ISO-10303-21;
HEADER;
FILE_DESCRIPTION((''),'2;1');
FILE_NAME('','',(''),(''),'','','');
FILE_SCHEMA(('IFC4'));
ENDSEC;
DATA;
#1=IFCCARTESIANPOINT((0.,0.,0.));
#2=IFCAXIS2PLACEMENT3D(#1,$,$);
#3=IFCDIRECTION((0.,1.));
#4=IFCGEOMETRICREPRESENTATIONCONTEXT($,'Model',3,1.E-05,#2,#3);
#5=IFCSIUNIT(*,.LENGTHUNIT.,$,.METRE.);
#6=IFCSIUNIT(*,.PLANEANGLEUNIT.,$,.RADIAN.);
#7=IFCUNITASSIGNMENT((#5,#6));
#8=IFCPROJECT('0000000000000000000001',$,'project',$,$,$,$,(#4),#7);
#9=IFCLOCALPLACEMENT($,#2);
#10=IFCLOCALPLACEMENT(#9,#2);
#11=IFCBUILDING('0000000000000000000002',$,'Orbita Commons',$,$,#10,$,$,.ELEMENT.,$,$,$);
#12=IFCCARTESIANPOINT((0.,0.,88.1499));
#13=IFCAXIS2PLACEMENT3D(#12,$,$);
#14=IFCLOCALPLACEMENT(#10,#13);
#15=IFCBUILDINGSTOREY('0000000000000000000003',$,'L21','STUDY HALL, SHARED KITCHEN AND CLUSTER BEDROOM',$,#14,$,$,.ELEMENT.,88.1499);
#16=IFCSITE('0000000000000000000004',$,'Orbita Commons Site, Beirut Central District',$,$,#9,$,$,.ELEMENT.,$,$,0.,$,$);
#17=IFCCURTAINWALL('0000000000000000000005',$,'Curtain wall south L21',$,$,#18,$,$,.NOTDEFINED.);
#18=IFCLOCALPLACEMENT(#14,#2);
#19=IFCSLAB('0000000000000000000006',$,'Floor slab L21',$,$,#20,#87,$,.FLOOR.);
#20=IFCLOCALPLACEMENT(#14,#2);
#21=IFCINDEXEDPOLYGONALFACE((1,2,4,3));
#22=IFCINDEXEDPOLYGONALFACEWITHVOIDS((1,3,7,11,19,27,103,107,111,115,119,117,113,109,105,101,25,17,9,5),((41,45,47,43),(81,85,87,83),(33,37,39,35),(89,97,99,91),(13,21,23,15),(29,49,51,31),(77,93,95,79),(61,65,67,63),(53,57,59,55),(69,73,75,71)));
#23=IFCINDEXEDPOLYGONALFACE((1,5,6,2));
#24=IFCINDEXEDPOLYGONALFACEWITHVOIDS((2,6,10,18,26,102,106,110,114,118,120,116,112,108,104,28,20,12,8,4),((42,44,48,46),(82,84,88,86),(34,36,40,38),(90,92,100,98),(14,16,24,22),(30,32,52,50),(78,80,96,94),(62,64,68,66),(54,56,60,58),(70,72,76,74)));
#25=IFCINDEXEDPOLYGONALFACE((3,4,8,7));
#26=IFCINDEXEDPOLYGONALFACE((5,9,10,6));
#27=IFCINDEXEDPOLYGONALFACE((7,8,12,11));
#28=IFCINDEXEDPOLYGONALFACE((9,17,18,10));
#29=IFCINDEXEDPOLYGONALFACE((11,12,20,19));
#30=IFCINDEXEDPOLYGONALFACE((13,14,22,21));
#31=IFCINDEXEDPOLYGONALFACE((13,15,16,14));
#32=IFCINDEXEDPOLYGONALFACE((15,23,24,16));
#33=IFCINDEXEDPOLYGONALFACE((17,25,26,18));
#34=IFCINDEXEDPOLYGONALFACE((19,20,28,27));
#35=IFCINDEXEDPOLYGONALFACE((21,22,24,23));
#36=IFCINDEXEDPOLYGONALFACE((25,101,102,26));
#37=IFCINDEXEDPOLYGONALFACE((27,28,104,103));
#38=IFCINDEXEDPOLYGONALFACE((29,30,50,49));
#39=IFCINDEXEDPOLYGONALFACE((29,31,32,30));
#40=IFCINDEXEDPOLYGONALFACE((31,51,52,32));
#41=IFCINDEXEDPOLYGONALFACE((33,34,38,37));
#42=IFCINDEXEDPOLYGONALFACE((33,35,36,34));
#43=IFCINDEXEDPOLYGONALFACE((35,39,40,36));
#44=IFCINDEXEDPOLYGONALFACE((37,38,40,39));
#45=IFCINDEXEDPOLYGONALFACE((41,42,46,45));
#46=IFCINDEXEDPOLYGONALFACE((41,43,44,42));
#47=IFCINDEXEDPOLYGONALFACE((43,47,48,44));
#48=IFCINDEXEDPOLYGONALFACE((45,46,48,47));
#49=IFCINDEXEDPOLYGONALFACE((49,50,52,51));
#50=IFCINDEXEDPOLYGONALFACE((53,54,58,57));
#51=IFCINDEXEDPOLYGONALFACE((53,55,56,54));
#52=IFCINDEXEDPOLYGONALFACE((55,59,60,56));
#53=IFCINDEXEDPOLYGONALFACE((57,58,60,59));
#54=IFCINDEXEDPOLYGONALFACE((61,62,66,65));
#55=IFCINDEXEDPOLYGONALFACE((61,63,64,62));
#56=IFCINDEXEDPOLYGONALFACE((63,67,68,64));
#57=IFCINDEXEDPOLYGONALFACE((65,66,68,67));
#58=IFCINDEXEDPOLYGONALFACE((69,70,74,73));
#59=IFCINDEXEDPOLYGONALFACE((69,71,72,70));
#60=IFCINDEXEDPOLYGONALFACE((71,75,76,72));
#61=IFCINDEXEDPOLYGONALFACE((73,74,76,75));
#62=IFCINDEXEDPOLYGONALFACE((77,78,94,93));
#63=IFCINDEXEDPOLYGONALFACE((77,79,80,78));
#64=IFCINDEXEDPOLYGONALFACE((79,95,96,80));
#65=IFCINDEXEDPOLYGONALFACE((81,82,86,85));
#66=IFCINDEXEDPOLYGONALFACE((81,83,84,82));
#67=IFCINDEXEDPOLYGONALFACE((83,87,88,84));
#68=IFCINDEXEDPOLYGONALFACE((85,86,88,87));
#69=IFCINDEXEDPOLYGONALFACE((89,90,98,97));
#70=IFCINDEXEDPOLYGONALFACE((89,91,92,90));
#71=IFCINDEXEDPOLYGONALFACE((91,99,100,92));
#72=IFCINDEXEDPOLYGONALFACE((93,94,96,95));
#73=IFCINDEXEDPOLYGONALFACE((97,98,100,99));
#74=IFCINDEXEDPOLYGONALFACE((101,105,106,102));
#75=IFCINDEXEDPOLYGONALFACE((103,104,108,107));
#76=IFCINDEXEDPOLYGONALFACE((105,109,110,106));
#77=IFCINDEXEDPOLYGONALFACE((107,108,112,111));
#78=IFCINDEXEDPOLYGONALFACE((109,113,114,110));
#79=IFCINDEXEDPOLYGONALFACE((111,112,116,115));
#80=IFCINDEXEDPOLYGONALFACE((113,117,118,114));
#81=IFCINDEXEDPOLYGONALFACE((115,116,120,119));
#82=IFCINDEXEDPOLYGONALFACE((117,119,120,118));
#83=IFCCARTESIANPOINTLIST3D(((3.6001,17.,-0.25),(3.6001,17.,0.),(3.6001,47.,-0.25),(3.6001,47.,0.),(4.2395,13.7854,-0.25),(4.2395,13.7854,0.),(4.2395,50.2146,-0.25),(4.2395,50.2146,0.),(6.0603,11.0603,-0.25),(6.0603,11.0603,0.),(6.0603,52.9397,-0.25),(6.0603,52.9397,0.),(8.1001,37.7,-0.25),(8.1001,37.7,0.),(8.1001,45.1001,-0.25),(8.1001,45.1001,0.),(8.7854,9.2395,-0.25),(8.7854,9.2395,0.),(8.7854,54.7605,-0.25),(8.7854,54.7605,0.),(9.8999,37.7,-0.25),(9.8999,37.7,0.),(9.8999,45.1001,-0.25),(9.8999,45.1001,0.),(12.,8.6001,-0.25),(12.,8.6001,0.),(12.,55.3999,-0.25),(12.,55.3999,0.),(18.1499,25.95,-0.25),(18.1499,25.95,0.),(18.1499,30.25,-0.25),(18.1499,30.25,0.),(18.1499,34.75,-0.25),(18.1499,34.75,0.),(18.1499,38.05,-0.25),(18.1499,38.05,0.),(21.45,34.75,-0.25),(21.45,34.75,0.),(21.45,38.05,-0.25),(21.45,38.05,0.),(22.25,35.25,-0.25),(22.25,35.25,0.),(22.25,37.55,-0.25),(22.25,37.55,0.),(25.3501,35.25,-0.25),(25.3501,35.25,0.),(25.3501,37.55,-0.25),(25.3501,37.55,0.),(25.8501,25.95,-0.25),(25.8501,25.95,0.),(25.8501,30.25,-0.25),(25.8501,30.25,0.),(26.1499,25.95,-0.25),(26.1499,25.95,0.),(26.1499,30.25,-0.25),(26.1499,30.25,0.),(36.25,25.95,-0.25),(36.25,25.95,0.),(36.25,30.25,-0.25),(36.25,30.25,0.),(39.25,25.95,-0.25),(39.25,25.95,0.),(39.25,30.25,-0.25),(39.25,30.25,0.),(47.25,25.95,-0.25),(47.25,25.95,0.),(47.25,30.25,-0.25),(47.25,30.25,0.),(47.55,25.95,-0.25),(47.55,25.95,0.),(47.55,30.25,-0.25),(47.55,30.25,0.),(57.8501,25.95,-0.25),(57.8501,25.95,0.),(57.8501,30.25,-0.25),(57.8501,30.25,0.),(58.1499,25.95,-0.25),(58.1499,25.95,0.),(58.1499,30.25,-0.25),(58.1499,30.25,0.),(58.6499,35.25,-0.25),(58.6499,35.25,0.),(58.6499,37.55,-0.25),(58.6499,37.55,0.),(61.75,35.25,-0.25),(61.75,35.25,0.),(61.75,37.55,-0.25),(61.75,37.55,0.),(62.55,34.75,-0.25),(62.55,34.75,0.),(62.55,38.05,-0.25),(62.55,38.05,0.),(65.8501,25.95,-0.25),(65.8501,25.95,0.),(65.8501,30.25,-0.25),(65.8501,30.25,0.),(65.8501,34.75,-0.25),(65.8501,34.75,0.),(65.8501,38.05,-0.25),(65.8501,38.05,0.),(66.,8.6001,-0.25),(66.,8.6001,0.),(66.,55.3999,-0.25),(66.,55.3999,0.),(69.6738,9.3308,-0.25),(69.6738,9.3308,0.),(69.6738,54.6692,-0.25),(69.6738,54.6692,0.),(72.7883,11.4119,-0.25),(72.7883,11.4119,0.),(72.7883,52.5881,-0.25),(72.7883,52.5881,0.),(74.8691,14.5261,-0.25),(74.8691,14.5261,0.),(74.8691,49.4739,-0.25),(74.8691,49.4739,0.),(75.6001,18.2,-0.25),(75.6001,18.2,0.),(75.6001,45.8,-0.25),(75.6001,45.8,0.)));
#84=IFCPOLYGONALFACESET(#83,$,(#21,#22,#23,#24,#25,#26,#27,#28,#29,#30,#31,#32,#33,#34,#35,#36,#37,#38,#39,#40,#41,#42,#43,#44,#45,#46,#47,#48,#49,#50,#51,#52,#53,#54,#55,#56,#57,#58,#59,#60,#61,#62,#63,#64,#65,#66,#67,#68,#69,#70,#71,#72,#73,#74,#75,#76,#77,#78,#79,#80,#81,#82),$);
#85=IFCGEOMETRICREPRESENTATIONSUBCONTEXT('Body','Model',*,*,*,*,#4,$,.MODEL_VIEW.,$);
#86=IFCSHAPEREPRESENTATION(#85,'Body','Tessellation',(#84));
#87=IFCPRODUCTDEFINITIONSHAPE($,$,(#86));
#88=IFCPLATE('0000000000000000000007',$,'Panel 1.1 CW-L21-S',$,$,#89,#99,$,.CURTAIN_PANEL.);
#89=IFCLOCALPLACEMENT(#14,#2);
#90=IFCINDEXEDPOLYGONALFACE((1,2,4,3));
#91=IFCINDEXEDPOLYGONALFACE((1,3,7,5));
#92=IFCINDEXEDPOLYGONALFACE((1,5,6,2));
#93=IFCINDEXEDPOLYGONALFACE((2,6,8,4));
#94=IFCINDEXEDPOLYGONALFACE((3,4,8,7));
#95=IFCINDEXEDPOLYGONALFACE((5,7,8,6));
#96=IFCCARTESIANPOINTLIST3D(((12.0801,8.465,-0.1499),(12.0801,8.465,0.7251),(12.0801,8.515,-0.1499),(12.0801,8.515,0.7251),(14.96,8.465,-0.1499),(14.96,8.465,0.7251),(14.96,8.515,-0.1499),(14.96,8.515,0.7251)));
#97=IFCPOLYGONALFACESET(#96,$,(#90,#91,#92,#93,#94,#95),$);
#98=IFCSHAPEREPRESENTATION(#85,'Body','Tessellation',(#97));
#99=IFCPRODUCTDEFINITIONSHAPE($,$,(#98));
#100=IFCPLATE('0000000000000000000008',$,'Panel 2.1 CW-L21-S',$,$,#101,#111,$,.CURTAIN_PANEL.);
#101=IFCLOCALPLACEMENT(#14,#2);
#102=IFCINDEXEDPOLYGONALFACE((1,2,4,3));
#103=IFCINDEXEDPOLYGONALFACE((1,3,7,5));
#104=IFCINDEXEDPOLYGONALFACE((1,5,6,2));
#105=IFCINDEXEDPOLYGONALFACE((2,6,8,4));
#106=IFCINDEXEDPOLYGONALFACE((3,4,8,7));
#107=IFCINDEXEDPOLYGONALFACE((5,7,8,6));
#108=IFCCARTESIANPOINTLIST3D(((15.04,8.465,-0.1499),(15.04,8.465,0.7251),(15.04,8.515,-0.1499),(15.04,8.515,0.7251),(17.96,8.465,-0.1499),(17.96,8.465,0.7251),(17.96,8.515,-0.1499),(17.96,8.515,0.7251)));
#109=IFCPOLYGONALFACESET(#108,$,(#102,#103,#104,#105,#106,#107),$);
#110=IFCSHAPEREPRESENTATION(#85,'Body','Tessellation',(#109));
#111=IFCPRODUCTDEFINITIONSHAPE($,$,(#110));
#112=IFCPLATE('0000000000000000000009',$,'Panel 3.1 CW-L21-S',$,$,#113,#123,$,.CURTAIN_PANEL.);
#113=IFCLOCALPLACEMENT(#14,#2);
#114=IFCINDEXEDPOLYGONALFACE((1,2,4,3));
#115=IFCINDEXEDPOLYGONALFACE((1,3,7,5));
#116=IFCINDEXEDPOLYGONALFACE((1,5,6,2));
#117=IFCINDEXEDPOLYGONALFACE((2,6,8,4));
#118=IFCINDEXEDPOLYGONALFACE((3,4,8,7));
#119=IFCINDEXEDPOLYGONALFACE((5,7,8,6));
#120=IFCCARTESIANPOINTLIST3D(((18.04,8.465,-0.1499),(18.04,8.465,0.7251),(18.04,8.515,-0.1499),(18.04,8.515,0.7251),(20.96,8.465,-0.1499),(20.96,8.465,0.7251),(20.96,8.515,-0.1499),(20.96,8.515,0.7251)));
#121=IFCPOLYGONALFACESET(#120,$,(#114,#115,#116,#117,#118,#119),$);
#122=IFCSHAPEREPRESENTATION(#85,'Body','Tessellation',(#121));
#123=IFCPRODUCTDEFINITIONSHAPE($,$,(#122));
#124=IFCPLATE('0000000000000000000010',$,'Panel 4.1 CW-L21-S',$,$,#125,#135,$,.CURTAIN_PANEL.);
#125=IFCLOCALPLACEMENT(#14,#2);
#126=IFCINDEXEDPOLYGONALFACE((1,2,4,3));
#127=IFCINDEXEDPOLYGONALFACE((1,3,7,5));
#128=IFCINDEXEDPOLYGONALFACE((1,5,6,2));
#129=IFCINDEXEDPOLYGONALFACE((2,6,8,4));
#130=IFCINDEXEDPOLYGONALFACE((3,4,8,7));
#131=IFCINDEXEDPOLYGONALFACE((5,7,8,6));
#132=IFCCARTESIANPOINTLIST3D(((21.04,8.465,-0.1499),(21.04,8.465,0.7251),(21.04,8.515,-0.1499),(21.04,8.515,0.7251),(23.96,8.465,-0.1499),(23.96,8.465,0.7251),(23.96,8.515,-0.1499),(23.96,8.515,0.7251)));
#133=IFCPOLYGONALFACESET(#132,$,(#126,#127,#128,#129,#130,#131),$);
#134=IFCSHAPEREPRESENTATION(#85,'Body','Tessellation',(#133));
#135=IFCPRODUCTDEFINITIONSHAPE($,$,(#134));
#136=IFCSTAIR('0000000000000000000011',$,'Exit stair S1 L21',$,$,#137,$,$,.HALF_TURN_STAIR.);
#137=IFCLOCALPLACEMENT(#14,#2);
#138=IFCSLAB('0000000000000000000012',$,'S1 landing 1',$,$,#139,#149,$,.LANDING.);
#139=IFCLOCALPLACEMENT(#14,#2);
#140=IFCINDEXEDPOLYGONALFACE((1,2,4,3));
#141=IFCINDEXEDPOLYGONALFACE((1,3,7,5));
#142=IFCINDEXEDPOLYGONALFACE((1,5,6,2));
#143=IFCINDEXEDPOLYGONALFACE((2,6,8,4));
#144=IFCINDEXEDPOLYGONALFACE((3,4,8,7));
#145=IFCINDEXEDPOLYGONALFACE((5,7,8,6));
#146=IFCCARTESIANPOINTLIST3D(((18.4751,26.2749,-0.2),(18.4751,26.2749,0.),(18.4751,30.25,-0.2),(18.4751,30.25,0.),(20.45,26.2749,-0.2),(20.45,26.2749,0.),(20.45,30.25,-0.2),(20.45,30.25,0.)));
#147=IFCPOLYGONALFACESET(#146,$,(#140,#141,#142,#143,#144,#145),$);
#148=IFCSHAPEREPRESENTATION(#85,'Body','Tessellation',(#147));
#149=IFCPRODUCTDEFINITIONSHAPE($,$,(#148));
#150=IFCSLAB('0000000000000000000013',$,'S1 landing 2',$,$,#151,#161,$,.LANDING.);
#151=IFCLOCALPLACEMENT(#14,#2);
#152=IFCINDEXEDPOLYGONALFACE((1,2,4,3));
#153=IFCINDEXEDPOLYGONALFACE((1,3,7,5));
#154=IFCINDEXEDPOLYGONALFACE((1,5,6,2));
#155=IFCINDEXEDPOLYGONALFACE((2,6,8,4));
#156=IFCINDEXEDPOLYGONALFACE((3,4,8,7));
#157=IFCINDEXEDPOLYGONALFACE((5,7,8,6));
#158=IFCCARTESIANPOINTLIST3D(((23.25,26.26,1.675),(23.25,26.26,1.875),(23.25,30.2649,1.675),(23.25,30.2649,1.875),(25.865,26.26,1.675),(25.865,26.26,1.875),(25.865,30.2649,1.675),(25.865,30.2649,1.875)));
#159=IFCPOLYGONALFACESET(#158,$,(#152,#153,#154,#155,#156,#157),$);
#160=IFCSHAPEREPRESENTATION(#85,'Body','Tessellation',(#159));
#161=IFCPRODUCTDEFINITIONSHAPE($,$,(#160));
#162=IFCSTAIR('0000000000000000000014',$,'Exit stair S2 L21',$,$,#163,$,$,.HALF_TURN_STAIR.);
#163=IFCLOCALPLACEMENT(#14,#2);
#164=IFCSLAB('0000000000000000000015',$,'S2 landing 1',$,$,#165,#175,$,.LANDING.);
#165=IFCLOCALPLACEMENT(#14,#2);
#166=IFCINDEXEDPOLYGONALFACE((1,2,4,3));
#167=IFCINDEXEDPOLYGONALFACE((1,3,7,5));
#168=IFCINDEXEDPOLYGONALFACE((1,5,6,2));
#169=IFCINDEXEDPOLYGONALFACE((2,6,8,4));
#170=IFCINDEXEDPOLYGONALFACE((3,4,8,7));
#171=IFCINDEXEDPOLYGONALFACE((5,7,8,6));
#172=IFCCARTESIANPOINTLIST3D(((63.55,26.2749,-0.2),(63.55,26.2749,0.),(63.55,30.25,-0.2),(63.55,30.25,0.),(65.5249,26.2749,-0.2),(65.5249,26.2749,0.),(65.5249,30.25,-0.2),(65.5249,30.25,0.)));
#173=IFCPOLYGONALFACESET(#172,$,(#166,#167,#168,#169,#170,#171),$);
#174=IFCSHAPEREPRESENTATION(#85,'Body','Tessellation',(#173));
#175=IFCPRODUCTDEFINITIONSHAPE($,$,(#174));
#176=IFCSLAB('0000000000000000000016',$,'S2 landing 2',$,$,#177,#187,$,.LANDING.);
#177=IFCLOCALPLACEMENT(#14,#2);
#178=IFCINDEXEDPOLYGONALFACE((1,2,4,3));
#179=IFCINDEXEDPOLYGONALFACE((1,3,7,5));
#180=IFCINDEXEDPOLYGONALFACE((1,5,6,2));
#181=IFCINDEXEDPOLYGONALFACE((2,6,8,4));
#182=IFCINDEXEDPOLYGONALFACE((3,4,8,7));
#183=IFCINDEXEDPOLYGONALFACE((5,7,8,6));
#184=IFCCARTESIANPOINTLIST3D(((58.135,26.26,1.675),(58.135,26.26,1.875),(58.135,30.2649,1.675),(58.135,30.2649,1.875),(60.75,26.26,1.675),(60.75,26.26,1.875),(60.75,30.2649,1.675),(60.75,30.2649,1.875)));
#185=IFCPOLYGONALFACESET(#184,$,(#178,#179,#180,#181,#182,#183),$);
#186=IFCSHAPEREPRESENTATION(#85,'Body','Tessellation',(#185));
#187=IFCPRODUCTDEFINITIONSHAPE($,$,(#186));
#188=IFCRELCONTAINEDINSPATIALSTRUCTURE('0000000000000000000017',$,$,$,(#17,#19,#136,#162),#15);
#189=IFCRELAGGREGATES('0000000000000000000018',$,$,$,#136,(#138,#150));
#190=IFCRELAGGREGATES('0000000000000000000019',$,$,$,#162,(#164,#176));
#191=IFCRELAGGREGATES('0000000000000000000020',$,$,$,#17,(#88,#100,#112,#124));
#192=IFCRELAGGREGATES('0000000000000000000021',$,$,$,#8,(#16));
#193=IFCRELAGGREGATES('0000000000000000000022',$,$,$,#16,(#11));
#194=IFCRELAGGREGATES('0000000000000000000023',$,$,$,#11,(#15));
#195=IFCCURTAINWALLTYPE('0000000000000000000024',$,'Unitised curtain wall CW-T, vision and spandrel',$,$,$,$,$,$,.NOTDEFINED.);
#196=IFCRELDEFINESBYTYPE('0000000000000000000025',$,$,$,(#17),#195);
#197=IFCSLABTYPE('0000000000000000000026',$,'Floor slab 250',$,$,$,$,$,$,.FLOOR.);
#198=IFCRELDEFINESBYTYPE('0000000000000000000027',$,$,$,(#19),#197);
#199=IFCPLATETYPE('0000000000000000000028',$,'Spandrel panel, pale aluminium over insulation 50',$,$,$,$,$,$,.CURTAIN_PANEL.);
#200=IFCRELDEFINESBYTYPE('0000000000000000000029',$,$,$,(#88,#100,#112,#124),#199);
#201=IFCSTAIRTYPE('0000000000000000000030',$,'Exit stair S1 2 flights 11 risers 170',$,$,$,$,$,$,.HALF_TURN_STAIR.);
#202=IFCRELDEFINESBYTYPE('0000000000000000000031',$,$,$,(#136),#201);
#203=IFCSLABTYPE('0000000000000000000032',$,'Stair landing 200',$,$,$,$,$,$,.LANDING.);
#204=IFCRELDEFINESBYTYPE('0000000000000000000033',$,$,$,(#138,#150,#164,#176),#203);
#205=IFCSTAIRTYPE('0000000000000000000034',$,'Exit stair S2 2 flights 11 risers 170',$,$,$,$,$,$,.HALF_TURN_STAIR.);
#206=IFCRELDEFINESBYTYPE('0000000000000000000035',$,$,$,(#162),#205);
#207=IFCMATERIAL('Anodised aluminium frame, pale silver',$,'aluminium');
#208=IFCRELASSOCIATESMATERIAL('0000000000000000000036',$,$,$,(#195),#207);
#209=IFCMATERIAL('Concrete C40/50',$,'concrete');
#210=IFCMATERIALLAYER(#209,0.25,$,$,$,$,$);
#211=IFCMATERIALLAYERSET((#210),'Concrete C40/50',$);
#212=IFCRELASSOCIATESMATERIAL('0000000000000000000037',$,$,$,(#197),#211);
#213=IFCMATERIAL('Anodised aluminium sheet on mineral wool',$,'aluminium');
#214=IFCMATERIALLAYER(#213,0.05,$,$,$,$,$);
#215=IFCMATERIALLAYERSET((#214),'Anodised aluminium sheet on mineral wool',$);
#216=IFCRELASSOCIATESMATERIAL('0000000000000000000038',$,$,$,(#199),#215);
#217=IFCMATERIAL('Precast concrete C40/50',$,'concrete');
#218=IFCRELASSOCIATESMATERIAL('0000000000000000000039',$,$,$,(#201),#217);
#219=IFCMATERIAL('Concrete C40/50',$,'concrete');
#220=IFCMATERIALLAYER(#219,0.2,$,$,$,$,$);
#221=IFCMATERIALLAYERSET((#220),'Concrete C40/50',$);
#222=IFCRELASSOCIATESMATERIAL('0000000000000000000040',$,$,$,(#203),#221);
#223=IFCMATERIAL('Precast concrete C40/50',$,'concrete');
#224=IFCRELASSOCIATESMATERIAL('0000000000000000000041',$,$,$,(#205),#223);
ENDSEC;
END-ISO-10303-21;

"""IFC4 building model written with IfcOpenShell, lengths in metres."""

from ifc_helpers import new_model, si_unit, direction, frame, origin, origin_2d, place, context, subcontext, project, spatial, polyline, rectangle, outline, extrude, material, layer, layer_set, type_object, element, aggregate, save


model = new_model("IFC4")

# Units and contexts
model_context = context("Model", 3, precision=1e-05, world=origin(), true_north=direction((0.0, 1.0)))
body_context = subcontext(model_context, "Body", "Model", "MODEL_VIEW")
ifc_project = project(units=[si_unit("LENGTHUNIT", "METRE"), si_unit("PLANEANGLEUNIT", "RADIAN")], contexts=[model_context])

# Site, building, storey
site_placement = place(None, origin())
site = spatial("IfcSite", under=ifc_project, at=site_placement, Name="Orbita Commons Site, Beirut Central District", CompositionType="ELEMENT", RefElevation=0.0)
building_placement = place(site_placement, origin())
building = spatial("IfcBuilding", under=site, at=building_placement, Name="Orbita Commons", CompositionType="ELEMENT")
storey_placement = place(building_placement, frame((0.0, 0.0, 88.1499)))
storey = spatial("IfcBuildingStorey", under=building, at=storey_placement, Name="L21", Description="STUDY HALL, SHARED KITCHEN AND CLUSTER BEDROOM", CompositionType="ELEMENT", Elevation=88.1499)

# Curtain wall
ifc_material_1 = material(Name="Anodised aluminium frame, pale silver", Category="aluminium")
curtain_wall_type = type_object("IfcCurtainWallType", Name="Unitised curtain wall CW-T, vision and spandrel", PredefinedType="NOTDEFINED", material=ifc_material_1)
curtain_wall_placement = place(storey_placement, origin())
curtain_wall = element("IfcCurtainWall", 1, at=curtain_wall_placement, inside=storey, type_object=curtain_wall_type, Name="Curtain wall south L21", PredefinedType="NOTDEFINED")

# Slab
ifc_material_2 = material(Name="Concrete C40/50", Category="concrete")
ifc_layer_1 = layer(ifc_material_2, 0.25)
ifc_layer_set_1 = layer_set([ifc_layer_1], Name="Concrete C40/50")
slab_type_1 = type_object("IfcSlabType", Name="Floor slab 250", PredefinedType="FLOOR", material=ifc_layer_set_1)
slab_1_placement = place(storey_placement, frame((0.0, 0.0, -0.25)))
element("IfcSlab", 2, at=slab_1_placement, inside=storey, type_object=slab_type_1, Name="Floor slab L21", PredefinedType="FLOOR", context=body_context, shape_type="SweptSolid", body=[
    extrude(outline(polyline([(66.0, 8.6001), (69.6738, 9.3308), (72.7883, 11.4119), (74.8691, 14.5261), (75.6001, 18.2), (75.6001, 45.8), (74.8691, 49.4739), (72.7883, 52.5881), (69.6738, 54.6692), (66.0, 55.3999), (12.0, 55.3999), (8.7854, 54.7605), (6.0603, 52.9397), (4.2395, 50.2146), (3.6001, 47.0), (3.6001, 17.0), (4.2395, 13.7854), (6.0603, 11.0603), (8.7854, 9.2395), (12.0, 8.6001), (66.0, 8.6001)]), holes=[polyline([(18.1499, 25.95), (25.8501, 25.95), (25.8501, 30.25), (18.1499, 30.25), (18.1499, 25.95)]), polyline([(58.1499, 25.95), (65.8501, 25.95), (65.8501, 30.25), (58.1499, 30.25), (58.1499, 25.95)]), polyline([(18.1499, 34.75), (21.45, 34.75), (21.45, 38.05), (18.1499, 38.05), (18.1499, 34.75)]), polyline([(62.55, 34.75), (65.8501, 34.75), (65.8501, 38.05), (62.55, 38.05), (62.55, 34.75)]), polyline([(22.25, 35.25), (25.3501, 35.25), (25.3501, 37.55), (22.25, 37.55), (22.25, 35.25)]), polyline([(58.6499, 35.25), (61.75, 35.25), (61.75, 37.55), (58.6499, 37.55), (58.6499, 35.25)]), polyline([(26.1499, 25.95), (36.25, 25.95), (36.25, 30.25), (26.1499, 30.25), (26.1499, 25.95)]), polyline([(39.25, 25.95), (47.25, 25.95), (47.25, 30.25), (39.25, 30.25), (39.25, 25.95)]), polyline([(47.55, 25.95), (57.8501, 25.95), (57.8501, 30.25), (47.55, 30.25), (47.55, 25.95)]), polyline([(8.1001, 37.7), (9.8999, 37.7), (9.8999, 45.1001), (8.1001, 45.1001), (8.1001, 37.7)])]), origin(), (0.0, 0.0, 1.0), 0.25),
])

# Plates
ifc_material_3 = material(Name="Anodised aluminium sheet on mineral wool", Category="aluminium")
ifc_layer_2 = layer(ifc_material_3, 0.05)
ifc_layer_set_2 = layer_set([ifc_layer_2], Name="Anodised aluminium sheet on mineral wool")
plate_type_1 = type_object("IfcPlateType", Name="Spandrel panel, pale aluminium over insulation 50", PredefinedType="CURTAIN_PANEL", material=ifc_layer_set_2)
plate_1_placement = place(storey_placement, frame((13.52, 8.49, -0.1499), z_axis=(0.0, 0.0, 1.0), x_axis=(1.0, 0.0, 0.0)))
plate_1 = element("IfcPlate", 3, at=plate_1_placement, type_object=plate_type_1, Name="Panel 1.1 CW-L21-S", PredefinedType="CURTAIN_PANEL", context=body_context, shape_type="SweptSolid", body=[
    extrude(rectangle(XDim=2.8799, YDim=0.05, at=origin_2d()), origin(), (0.0, 0.0, 1.0), 0.875),
])
plate_2_placement = place(storey_placement, frame((16.5, 8.49, -0.1499), z_axis=(0.0, 0.0, 1.0), x_axis=(1.0, 0.0, 0.0)))
plate_2 = element("IfcPlate", 4, at=plate_2_placement, type_object=plate_type_1, Name="Panel 2.1 CW-L21-S", PredefinedType="CURTAIN_PANEL", context=body_context, shape_type="SweptSolid", body=[
    extrude(rectangle(XDim=2.9199, YDim=0.05, at=origin_2d()), origin(), (0.0, 0.0, 1.0), 0.875),
])
plate_3_placement = place(storey_placement, frame((19.5, 8.49, -0.1499), z_axis=(0.0, 0.0, 1.0), x_axis=(1.0, 0.0, 0.0)))
plate_3 = element("IfcPlate", 5, at=plate_3_placement, type_object=plate_type_1, Name="Panel 3.1 CW-L21-S", PredefinedType="CURTAIN_PANEL", context=body_context, shape_type="SweptSolid", body=[
    extrude(rectangle(XDim=2.9199, YDim=0.05, at=origin_2d()), origin(), (0.0, 0.0, 1.0), 0.875),
])
plate_4_placement = place(storey_placement, frame((22.5, 8.49, -0.1499), z_axis=(0.0, 0.0, 1.0), x_axis=(1.0, 0.0, 0.0)))
plate_4 = element("IfcPlate", 6, at=plate_4_placement, type_object=plate_type_1, Name="Panel 4.1 CW-L21-S", PredefinedType="CURTAIN_PANEL", context=body_context, shape_type="SweptSolid", body=[
    extrude(rectangle(XDim=2.9199, YDim=0.05, at=origin_2d()), origin(), (0.0, 0.0, 1.0), 0.875),
])

# Stairs, slabs
ifc_material_4 = material(Name="Precast concrete C40/50", Category="concrete")
stair_type_1 = type_object("IfcStairType", Name="Exit stair S1 2 flights 11 risers 170", PredefinedType="HALF_TURN_STAIR", material=ifc_material_4)
stair_1_placement = place(storey_placement, origin())
stair_1 = element("IfcStair", 7, at=stair_1_placement, inside=storey, type_object=stair_type_1, Name="Exit stair S1 L21", PredefinedType="HALF_TURN_STAIR")
ifc_material_5 = material(Name="Concrete C40/50", Category="concrete")
ifc_layer_3 = layer(ifc_material_5, 0.2)
ifc_layer_set_3 = layer_set([ifc_layer_3], Name="Concrete C40/50")
slab_type_2 = type_object("IfcSlabType", Name="Stair landing 200", PredefinedType="LANDING", material=ifc_layer_set_3)
slab_2_placement = place(storey_placement, frame((0.0, 0.0, -0.2)))
slab_2 = element("IfcSlab", 8, at=slab_2_placement, type_object=slab_type_2, Name="S1 landing 1", PredefinedType="LANDING", context=body_context, shape_type="SweptSolid", body=[
    extrude(outline(polyline([(18.4751, 26.2749), (20.45, 26.2749), (20.45, 30.25), (18.4751, 30.25), (18.4751, 26.2749)])), origin(), (0.0, 0.0, 1.0), 0.2),
])
slab_3_placement = place(storey_placement, frame((0.0, 0.0, 1.675)))
slab_3 = element("IfcSlab", 9, at=slab_3_placement, type_object=slab_type_2, Name="S1 landing 2", PredefinedType="LANDING", context=body_context, shape_type="SweptSolid", body=[
    extrude(outline(polyline([(23.25, 26.26), (25.865, 26.26), (25.865, 30.2649), (23.25, 30.2649), (23.25, 26.26)])), origin(), (0.0, 0.0, 1.0), 0.2),
])
aggregate(stair_1, [slab_2, slab_3])
ifc_material_6 = material(Name="Precast concrete C40/50", Category="concrete")
stair_type_2 = type_object("IfcStairType", Name="Exit stair S2 2 flights 11 risers 170", PredefinedType="HALF_TURN_STAIR", material=ifc_material_6)
stair_2_placement = place(storey_placement, origin())
stair_2 = element("IfcStair", 10, at=stair_2_placement, inside=storey, type_object=stair_type_2, Name="Exit stair S2 L21", PredefinedType="HALF_TURN_STAIR")
slab_4_placement = place(storey_placement, frame((0.0, 0.0, -0.2)))
slab_4 = element("IfcSlab", 11, at=slab_4_placement, type_object=slab_type_2, Name="S2 landing 1", PredefinedType="LANDING", context=body_context, shape_type="SweptSolid", body=[
    extrude(outline(polyline([(63.55, 26.2749), (65.5249, 26.2749), (65.5249, 30.25), (63.55, 30.25), (63.55, 26.2749)])), origin(), (0.0, 0.0, 1.0), 0.2),
])
slab_5_placement = place(storey_placement, frame((0.0, 0.0, 1.675)))
slab_5 = element("IfcSlab", 12, at=slab_5_placement, type_object=slab_type_2, Name="S2 landing 2", PredefinedType="LANDING", context=body_context, shape_type="SweptSolid", body=[
    extrude(outline(polyline([(58.135, 26.26), (60.75, 26.26), (60.75, 30.2649), (58.135, 30.2649), (58.135, 26.26)])), origin(), (0.0, 0.0, 1.0), 0.2),
])
aggregate(stair_2, [slab_4, slab_5])

aggregate(curtain_wall, [plate_1, plate_2, plate_3, plate_4])

save(model, "model.ifc")
